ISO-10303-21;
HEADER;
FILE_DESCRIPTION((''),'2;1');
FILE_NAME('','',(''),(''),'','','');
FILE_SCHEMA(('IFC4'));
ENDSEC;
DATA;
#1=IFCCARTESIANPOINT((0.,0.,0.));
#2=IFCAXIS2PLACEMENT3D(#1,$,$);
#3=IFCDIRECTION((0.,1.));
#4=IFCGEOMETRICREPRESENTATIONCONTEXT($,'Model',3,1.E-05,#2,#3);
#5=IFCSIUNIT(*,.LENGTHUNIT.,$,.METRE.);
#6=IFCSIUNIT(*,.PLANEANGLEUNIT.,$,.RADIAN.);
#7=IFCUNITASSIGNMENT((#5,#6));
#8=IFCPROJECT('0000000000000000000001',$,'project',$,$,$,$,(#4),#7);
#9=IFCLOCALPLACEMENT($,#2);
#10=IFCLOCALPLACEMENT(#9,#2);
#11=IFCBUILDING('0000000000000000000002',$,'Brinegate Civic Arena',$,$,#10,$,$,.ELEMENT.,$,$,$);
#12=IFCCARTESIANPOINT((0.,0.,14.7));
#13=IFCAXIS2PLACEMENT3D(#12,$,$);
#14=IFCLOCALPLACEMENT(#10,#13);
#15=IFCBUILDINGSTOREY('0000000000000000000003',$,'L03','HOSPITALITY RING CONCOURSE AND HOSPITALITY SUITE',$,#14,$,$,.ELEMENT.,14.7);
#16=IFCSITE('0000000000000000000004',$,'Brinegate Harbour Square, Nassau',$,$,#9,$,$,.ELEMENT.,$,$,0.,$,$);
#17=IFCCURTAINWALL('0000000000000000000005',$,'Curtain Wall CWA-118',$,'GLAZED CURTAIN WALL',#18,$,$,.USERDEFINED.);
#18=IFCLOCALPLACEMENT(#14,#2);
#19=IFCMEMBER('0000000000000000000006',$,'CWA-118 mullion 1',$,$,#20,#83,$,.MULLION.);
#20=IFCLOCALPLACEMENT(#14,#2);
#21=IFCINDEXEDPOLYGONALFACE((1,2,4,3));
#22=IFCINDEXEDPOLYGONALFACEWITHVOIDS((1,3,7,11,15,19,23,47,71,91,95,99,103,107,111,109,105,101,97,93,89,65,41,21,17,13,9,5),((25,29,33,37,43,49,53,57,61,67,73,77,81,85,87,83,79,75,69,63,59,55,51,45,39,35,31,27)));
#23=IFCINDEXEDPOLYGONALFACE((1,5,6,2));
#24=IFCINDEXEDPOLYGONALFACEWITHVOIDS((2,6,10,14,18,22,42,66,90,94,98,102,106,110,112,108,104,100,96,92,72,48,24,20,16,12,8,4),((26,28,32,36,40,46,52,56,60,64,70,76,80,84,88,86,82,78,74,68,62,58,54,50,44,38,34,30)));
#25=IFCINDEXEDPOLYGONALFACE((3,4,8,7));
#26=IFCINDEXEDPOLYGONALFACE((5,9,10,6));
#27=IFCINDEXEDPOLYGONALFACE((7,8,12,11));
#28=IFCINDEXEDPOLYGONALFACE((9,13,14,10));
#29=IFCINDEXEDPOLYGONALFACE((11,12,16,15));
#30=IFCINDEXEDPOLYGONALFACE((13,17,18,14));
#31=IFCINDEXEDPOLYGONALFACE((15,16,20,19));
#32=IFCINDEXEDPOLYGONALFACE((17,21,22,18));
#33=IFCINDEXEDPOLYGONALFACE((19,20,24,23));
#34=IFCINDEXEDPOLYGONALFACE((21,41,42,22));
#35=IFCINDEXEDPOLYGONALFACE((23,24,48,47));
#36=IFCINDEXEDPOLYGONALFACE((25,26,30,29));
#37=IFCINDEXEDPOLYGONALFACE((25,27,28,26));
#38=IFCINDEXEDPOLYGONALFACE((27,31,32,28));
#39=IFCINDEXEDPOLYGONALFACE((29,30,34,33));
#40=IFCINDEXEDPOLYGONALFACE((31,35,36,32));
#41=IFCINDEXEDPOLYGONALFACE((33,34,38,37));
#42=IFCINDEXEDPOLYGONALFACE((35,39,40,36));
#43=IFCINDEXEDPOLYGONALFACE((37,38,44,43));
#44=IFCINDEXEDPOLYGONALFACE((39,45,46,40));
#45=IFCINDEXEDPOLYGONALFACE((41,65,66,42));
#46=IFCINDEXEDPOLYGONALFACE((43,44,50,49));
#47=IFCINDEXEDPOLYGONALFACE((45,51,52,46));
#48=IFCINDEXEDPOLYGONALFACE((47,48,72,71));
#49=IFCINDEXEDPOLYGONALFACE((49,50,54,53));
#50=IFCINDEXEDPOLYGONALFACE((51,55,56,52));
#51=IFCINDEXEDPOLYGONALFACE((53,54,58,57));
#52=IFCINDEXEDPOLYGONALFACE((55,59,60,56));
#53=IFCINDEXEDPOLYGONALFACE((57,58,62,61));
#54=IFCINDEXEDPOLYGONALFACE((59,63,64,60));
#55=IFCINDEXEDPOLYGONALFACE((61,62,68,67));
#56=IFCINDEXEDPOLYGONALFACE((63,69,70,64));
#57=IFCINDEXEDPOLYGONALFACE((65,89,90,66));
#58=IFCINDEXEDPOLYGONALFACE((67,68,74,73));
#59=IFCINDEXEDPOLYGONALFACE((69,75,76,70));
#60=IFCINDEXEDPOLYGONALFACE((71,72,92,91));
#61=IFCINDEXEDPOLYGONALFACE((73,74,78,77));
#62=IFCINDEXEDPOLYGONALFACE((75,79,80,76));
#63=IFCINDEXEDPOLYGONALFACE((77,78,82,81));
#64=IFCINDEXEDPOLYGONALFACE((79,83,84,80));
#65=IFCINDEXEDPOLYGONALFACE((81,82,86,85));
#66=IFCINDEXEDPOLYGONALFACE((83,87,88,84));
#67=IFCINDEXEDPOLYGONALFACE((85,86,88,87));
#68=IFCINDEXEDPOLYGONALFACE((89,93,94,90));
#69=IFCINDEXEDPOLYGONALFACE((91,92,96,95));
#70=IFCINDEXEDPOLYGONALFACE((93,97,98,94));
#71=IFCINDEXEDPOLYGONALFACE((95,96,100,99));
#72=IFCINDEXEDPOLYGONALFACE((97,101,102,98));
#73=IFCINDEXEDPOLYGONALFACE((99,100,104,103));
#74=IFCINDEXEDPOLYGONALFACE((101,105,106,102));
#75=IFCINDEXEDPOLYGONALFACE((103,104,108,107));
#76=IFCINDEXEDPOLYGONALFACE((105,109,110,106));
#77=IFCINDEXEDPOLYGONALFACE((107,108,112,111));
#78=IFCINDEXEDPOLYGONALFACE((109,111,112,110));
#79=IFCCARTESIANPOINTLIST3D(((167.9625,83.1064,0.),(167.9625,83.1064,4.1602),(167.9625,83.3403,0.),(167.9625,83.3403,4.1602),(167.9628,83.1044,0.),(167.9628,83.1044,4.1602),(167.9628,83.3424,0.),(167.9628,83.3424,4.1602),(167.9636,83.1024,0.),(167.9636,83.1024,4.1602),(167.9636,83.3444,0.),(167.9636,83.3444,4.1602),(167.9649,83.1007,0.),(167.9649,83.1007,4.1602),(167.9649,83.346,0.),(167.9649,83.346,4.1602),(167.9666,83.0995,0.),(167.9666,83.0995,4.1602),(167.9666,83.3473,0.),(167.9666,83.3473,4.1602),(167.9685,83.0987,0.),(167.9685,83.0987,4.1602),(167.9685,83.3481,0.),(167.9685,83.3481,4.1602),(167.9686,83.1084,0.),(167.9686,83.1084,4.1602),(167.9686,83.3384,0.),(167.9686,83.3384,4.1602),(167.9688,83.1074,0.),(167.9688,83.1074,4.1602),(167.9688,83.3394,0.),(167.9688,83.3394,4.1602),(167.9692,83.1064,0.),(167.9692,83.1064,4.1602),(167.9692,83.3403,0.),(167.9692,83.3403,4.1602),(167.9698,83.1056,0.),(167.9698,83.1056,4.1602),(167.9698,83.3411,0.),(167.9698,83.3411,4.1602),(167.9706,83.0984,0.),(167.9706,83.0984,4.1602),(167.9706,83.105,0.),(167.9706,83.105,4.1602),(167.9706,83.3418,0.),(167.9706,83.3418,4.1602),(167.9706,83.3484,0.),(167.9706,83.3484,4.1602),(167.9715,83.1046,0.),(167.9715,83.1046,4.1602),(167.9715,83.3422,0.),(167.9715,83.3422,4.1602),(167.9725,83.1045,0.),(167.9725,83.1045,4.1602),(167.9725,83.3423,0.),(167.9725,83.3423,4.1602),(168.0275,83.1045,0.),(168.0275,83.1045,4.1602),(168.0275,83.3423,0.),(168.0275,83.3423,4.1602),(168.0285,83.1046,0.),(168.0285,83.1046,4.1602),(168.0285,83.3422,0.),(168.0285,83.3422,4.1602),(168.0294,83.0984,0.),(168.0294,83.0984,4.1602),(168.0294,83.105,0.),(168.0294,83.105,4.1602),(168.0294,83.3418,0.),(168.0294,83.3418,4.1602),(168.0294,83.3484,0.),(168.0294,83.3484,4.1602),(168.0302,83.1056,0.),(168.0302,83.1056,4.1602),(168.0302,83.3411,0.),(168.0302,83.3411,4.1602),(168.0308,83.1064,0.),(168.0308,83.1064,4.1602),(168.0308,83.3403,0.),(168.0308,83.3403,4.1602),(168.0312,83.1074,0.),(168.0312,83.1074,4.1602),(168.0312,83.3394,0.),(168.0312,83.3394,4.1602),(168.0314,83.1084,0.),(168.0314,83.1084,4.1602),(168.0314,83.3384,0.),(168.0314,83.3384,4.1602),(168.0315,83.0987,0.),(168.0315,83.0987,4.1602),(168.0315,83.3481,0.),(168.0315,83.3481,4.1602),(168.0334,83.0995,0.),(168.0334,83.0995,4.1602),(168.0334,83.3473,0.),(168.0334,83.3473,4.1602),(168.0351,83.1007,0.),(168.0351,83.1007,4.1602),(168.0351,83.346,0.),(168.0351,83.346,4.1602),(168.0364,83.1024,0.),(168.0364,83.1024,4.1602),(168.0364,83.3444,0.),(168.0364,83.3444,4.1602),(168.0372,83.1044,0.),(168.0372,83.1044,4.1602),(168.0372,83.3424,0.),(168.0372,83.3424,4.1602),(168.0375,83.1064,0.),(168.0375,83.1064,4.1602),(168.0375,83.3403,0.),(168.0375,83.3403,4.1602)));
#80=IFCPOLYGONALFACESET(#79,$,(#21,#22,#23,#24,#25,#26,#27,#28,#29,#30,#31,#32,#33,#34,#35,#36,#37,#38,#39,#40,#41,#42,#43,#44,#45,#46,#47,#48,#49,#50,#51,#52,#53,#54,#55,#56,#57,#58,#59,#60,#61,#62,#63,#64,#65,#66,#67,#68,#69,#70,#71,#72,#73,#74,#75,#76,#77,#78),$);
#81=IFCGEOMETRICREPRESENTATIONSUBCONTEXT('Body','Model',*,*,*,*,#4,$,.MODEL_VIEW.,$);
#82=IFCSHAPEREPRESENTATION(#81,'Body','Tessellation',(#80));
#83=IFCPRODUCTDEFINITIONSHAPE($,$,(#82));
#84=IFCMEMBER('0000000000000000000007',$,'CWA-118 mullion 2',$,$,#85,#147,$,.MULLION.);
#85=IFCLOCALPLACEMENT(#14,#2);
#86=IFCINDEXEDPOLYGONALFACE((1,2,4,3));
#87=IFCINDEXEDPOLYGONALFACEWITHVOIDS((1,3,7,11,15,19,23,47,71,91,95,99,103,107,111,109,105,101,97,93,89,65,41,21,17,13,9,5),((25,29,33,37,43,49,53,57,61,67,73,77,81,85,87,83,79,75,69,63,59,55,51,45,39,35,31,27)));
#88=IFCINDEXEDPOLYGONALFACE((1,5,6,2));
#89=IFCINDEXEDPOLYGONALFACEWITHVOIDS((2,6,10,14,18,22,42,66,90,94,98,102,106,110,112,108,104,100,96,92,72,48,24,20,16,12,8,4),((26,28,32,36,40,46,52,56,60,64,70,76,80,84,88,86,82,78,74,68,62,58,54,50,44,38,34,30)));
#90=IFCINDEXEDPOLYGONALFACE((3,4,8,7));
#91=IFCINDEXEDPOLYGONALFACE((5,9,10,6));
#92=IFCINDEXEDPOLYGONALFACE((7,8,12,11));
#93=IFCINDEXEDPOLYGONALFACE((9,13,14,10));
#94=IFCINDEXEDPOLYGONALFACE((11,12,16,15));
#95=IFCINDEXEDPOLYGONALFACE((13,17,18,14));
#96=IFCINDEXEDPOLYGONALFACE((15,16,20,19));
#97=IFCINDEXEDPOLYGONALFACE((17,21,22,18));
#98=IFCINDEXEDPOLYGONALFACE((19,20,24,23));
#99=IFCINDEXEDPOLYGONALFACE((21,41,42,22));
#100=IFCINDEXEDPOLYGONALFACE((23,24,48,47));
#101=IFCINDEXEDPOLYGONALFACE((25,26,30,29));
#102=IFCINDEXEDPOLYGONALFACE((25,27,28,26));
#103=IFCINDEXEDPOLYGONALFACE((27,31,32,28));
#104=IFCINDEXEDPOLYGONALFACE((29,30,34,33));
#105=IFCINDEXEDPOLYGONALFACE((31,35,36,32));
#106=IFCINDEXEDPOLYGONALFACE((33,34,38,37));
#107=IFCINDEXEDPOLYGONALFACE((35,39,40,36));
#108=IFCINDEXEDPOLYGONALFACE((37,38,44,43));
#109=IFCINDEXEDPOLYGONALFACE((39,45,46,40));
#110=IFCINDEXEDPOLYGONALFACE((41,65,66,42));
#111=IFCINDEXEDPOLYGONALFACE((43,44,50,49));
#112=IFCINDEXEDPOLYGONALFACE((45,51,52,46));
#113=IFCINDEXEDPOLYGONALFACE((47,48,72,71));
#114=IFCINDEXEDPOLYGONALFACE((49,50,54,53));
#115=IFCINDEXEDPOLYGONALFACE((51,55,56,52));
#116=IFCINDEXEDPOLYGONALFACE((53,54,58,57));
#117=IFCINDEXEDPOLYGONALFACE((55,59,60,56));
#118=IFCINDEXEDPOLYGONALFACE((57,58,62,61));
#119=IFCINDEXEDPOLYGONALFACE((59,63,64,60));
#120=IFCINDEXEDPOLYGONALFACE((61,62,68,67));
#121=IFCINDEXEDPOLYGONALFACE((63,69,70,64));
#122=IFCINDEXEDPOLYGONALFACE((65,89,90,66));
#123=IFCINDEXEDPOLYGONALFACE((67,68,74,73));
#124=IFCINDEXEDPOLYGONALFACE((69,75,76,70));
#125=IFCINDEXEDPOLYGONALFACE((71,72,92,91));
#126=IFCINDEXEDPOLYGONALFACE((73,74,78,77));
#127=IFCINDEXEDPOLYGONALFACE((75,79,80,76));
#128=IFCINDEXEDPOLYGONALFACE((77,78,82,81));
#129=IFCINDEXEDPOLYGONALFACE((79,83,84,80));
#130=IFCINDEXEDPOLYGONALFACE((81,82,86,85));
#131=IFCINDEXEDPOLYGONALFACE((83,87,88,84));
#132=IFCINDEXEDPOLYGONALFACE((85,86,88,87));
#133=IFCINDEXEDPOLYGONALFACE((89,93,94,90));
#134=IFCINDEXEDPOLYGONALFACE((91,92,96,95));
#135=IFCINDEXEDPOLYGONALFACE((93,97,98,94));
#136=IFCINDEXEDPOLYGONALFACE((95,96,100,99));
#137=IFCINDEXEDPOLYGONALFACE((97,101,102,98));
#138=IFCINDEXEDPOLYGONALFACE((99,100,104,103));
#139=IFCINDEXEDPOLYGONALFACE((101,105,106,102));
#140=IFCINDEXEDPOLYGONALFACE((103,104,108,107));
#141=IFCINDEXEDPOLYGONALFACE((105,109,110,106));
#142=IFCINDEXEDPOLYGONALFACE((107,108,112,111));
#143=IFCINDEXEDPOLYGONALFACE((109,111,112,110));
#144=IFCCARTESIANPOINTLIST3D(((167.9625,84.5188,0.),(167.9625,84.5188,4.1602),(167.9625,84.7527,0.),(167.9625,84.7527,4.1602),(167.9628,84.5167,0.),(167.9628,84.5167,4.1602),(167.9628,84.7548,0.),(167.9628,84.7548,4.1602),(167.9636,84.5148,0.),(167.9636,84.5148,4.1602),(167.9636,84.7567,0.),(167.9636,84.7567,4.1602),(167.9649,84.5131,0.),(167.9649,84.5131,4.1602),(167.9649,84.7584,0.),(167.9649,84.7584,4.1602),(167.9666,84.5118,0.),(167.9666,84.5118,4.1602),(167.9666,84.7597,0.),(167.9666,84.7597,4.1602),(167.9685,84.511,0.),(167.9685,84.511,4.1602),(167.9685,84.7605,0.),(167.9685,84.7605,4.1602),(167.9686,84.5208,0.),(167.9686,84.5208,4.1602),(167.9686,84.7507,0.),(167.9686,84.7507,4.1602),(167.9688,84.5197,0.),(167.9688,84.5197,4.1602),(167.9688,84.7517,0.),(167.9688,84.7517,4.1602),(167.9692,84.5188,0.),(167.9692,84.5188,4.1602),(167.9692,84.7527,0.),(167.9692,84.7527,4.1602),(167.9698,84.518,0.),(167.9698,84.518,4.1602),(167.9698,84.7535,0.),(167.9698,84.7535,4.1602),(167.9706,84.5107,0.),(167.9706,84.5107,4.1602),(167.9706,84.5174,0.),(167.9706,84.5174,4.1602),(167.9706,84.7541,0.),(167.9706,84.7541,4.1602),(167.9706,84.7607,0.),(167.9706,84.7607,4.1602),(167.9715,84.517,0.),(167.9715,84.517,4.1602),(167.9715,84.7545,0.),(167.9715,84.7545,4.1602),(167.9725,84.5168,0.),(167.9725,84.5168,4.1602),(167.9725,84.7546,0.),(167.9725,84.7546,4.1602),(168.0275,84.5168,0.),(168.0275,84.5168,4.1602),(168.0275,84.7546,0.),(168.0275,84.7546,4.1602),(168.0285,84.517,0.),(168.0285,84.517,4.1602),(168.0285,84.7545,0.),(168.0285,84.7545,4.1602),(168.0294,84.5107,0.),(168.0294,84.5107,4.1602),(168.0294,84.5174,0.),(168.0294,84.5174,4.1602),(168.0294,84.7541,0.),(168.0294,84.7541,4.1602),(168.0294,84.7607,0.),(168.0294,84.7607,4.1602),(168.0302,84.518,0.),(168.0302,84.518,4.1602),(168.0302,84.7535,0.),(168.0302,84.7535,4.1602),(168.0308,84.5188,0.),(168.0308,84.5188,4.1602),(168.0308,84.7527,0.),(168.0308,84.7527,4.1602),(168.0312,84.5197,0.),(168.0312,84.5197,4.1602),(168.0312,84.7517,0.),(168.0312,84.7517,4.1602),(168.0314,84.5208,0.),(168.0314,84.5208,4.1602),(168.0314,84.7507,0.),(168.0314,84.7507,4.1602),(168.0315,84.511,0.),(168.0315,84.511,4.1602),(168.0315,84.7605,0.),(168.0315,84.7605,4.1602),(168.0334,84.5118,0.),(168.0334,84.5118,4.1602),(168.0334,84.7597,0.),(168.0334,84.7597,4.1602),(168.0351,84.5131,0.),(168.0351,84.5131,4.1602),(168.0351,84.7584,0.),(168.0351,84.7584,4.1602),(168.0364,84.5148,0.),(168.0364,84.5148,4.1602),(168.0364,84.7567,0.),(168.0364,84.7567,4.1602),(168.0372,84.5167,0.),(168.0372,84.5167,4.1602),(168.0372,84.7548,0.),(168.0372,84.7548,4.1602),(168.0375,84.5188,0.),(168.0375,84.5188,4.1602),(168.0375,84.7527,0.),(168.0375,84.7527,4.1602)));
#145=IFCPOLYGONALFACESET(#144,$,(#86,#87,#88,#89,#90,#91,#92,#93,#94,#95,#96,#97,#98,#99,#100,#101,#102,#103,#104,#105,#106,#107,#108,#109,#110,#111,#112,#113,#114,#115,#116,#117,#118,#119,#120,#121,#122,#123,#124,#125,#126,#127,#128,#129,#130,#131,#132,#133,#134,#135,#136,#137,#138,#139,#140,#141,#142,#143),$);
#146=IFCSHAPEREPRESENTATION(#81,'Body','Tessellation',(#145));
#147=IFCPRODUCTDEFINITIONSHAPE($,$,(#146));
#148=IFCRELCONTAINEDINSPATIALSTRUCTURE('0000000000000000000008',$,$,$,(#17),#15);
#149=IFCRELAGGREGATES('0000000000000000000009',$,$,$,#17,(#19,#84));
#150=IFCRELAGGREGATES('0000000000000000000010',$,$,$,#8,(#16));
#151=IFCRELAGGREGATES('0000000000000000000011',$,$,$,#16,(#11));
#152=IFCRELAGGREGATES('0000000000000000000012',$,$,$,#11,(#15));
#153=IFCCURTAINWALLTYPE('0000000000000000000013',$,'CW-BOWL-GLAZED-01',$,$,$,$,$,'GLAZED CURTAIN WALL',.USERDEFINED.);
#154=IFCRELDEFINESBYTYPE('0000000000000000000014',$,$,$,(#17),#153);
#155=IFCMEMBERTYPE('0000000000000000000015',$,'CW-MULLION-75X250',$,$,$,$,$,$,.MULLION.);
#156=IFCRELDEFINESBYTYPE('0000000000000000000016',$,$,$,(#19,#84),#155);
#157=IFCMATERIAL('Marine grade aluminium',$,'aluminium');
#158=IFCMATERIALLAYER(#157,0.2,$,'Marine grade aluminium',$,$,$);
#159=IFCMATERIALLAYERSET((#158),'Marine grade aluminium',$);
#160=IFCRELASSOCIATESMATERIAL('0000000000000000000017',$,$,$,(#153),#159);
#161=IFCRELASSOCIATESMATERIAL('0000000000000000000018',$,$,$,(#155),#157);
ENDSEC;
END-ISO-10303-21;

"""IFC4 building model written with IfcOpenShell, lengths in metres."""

from ifc_helpers import new_model, si_unit, direction, frame, origin, origin_2d, place, context, subcontext, project, spatial, hollow_rectangle, extrude, material, layer, layer_set, material_profile, profile_set, type_object, element, aggregate, save


model = new_model("IFC4")

# Units and contexts
model_context = context("Model", 3, precision=1e-05, world=origin(), true_north=direction((0.0, 1.0)))
body_context = subcontext(model_context, "Body", "Model", "MODEL_VIEW")
ifc_project = project(units=[si_unit("LENGTHUNIT", "METRE"), si_unit("PLANEANGLEUNIT", "RADIAN")], contexts=[model_context])

# Site, building, storey
site_placement = place(None, origin())
site = spatial("IfcSite", under=ifc_project, at=site_placement, Name="Brinegate Harbour Square, Nassau", CompositionType="ELEMENT", RefElevation=0.0)
building_placement = place(site_placement, origin())
building = spatial("IfcBuilding", under=site, at=building_placement, Name="Brinegate Civic Arena", CompositionType="ELEMENT")
storey_placement = place(building_placement, frame((0.0, 0.0, 14.7)))
storey = spatial("IfcBuildingStorey", under=building, at=storey_placement, Name="L03", Description="HOSPITALITY RING CONCOURSE AND HOSPITALITY SUITE", CompositionType="ELEMENT", Elevation=14.7)

# Curtain wall, members
ifc_material_1 = material(Name="Marine grade aluminium", Category="aluminium")
ifc_layer_1 = layer(ifc_material_1, 0.2, Name="Marine grade aluminium")
ifc_layer_set_1 = layer_set([ifc_layer_1], Name="Marine grade aluminium")
curtain_wall_type = type_object("IfcCurtainWallType", Name="CW-BOWL-GLAZED-01", ElementType="GLAZED CURTAIN WALL", PredefinedType="USERDEFINED", material=ifc_layer_set_1)
curtain_wall_placement = place(storey_placement, origin())
curtain_wall = element("IfcCurtainWall", 1, at=curtain_wall_placement, inside=storey, type_object=curtain_wall_type, Name="Curtain Wall CWA-118", ObjectType="GLAZED CURTAIN WALL", PredefinedType="USERDEFINED")
ifc_material_profile_1 = material_profile(ifc_material_1, hollow_rectangle(XDim=0.075, YDim=0.25, WallThickness=0.0061, InnerFilletRadius=0.0039, OuterFilletRadius=0.0081, at=origin_2d()), Name="MUL75X250")
ifc_profile_set_1 = profile_set([ifc_material_profile_1], Name="Marine grade aluminium")
member_type_1 = type_object("IfcMemberType", Name="CW-MULLION-75X250", PredefinedType="MULLION", material=ifc_profile_set_1)
member_1_placement = place(storey_placement, frame((168.0, 83.2234, 0.0), z_axis=(0.0, 0.0, 1.0), x_axis=(-1.0, 0.0, 0.0)))
member_1 = element("IfcMember", 2, at=member_1_placement, type_object=member_type_1, Name="CWA-118 mullion 1", PredefinedType="MULLION", context=body_context, shape_type="SweptSolid", body=[
    extrude(hollow_rectangle(XDim=0.075, YDim=0.25, WallThickness=0.0061, InnerFilletRadius=0.0039, OuterFilletRadius=0.0081, at=origin_2d()), origin(), (0.0, 0.0, 1.0), 4.1602),
])
member_2_placement = place(storey_placement, frame((168.0, 84.6357, 0.0), z_axis=(0.0, 0.0, 1.0), x_axis=(-1.0, 0.0, 0.0)))
member_2 = element("IfcMember", 3, at=member_2_placement, type_object=member_type_1, Name="CWA-118 mullion 2", PredefinedType="MULLION", context=body_context, shape_type="SweptSolid", body=[
    extrude(hollow_rectangle(XDim=0.075, YDim=0.25, WallThickness=0.0061, InnerFilletRadius=0.0039, OuterFilletRadius=0.0081, at=origin_2d()), origin(), (0.0, 0.0, 1.0), 4.1602),
])

aggregate(curtain_wall, [member_1, member_2])

save(model, "model.ifc")
